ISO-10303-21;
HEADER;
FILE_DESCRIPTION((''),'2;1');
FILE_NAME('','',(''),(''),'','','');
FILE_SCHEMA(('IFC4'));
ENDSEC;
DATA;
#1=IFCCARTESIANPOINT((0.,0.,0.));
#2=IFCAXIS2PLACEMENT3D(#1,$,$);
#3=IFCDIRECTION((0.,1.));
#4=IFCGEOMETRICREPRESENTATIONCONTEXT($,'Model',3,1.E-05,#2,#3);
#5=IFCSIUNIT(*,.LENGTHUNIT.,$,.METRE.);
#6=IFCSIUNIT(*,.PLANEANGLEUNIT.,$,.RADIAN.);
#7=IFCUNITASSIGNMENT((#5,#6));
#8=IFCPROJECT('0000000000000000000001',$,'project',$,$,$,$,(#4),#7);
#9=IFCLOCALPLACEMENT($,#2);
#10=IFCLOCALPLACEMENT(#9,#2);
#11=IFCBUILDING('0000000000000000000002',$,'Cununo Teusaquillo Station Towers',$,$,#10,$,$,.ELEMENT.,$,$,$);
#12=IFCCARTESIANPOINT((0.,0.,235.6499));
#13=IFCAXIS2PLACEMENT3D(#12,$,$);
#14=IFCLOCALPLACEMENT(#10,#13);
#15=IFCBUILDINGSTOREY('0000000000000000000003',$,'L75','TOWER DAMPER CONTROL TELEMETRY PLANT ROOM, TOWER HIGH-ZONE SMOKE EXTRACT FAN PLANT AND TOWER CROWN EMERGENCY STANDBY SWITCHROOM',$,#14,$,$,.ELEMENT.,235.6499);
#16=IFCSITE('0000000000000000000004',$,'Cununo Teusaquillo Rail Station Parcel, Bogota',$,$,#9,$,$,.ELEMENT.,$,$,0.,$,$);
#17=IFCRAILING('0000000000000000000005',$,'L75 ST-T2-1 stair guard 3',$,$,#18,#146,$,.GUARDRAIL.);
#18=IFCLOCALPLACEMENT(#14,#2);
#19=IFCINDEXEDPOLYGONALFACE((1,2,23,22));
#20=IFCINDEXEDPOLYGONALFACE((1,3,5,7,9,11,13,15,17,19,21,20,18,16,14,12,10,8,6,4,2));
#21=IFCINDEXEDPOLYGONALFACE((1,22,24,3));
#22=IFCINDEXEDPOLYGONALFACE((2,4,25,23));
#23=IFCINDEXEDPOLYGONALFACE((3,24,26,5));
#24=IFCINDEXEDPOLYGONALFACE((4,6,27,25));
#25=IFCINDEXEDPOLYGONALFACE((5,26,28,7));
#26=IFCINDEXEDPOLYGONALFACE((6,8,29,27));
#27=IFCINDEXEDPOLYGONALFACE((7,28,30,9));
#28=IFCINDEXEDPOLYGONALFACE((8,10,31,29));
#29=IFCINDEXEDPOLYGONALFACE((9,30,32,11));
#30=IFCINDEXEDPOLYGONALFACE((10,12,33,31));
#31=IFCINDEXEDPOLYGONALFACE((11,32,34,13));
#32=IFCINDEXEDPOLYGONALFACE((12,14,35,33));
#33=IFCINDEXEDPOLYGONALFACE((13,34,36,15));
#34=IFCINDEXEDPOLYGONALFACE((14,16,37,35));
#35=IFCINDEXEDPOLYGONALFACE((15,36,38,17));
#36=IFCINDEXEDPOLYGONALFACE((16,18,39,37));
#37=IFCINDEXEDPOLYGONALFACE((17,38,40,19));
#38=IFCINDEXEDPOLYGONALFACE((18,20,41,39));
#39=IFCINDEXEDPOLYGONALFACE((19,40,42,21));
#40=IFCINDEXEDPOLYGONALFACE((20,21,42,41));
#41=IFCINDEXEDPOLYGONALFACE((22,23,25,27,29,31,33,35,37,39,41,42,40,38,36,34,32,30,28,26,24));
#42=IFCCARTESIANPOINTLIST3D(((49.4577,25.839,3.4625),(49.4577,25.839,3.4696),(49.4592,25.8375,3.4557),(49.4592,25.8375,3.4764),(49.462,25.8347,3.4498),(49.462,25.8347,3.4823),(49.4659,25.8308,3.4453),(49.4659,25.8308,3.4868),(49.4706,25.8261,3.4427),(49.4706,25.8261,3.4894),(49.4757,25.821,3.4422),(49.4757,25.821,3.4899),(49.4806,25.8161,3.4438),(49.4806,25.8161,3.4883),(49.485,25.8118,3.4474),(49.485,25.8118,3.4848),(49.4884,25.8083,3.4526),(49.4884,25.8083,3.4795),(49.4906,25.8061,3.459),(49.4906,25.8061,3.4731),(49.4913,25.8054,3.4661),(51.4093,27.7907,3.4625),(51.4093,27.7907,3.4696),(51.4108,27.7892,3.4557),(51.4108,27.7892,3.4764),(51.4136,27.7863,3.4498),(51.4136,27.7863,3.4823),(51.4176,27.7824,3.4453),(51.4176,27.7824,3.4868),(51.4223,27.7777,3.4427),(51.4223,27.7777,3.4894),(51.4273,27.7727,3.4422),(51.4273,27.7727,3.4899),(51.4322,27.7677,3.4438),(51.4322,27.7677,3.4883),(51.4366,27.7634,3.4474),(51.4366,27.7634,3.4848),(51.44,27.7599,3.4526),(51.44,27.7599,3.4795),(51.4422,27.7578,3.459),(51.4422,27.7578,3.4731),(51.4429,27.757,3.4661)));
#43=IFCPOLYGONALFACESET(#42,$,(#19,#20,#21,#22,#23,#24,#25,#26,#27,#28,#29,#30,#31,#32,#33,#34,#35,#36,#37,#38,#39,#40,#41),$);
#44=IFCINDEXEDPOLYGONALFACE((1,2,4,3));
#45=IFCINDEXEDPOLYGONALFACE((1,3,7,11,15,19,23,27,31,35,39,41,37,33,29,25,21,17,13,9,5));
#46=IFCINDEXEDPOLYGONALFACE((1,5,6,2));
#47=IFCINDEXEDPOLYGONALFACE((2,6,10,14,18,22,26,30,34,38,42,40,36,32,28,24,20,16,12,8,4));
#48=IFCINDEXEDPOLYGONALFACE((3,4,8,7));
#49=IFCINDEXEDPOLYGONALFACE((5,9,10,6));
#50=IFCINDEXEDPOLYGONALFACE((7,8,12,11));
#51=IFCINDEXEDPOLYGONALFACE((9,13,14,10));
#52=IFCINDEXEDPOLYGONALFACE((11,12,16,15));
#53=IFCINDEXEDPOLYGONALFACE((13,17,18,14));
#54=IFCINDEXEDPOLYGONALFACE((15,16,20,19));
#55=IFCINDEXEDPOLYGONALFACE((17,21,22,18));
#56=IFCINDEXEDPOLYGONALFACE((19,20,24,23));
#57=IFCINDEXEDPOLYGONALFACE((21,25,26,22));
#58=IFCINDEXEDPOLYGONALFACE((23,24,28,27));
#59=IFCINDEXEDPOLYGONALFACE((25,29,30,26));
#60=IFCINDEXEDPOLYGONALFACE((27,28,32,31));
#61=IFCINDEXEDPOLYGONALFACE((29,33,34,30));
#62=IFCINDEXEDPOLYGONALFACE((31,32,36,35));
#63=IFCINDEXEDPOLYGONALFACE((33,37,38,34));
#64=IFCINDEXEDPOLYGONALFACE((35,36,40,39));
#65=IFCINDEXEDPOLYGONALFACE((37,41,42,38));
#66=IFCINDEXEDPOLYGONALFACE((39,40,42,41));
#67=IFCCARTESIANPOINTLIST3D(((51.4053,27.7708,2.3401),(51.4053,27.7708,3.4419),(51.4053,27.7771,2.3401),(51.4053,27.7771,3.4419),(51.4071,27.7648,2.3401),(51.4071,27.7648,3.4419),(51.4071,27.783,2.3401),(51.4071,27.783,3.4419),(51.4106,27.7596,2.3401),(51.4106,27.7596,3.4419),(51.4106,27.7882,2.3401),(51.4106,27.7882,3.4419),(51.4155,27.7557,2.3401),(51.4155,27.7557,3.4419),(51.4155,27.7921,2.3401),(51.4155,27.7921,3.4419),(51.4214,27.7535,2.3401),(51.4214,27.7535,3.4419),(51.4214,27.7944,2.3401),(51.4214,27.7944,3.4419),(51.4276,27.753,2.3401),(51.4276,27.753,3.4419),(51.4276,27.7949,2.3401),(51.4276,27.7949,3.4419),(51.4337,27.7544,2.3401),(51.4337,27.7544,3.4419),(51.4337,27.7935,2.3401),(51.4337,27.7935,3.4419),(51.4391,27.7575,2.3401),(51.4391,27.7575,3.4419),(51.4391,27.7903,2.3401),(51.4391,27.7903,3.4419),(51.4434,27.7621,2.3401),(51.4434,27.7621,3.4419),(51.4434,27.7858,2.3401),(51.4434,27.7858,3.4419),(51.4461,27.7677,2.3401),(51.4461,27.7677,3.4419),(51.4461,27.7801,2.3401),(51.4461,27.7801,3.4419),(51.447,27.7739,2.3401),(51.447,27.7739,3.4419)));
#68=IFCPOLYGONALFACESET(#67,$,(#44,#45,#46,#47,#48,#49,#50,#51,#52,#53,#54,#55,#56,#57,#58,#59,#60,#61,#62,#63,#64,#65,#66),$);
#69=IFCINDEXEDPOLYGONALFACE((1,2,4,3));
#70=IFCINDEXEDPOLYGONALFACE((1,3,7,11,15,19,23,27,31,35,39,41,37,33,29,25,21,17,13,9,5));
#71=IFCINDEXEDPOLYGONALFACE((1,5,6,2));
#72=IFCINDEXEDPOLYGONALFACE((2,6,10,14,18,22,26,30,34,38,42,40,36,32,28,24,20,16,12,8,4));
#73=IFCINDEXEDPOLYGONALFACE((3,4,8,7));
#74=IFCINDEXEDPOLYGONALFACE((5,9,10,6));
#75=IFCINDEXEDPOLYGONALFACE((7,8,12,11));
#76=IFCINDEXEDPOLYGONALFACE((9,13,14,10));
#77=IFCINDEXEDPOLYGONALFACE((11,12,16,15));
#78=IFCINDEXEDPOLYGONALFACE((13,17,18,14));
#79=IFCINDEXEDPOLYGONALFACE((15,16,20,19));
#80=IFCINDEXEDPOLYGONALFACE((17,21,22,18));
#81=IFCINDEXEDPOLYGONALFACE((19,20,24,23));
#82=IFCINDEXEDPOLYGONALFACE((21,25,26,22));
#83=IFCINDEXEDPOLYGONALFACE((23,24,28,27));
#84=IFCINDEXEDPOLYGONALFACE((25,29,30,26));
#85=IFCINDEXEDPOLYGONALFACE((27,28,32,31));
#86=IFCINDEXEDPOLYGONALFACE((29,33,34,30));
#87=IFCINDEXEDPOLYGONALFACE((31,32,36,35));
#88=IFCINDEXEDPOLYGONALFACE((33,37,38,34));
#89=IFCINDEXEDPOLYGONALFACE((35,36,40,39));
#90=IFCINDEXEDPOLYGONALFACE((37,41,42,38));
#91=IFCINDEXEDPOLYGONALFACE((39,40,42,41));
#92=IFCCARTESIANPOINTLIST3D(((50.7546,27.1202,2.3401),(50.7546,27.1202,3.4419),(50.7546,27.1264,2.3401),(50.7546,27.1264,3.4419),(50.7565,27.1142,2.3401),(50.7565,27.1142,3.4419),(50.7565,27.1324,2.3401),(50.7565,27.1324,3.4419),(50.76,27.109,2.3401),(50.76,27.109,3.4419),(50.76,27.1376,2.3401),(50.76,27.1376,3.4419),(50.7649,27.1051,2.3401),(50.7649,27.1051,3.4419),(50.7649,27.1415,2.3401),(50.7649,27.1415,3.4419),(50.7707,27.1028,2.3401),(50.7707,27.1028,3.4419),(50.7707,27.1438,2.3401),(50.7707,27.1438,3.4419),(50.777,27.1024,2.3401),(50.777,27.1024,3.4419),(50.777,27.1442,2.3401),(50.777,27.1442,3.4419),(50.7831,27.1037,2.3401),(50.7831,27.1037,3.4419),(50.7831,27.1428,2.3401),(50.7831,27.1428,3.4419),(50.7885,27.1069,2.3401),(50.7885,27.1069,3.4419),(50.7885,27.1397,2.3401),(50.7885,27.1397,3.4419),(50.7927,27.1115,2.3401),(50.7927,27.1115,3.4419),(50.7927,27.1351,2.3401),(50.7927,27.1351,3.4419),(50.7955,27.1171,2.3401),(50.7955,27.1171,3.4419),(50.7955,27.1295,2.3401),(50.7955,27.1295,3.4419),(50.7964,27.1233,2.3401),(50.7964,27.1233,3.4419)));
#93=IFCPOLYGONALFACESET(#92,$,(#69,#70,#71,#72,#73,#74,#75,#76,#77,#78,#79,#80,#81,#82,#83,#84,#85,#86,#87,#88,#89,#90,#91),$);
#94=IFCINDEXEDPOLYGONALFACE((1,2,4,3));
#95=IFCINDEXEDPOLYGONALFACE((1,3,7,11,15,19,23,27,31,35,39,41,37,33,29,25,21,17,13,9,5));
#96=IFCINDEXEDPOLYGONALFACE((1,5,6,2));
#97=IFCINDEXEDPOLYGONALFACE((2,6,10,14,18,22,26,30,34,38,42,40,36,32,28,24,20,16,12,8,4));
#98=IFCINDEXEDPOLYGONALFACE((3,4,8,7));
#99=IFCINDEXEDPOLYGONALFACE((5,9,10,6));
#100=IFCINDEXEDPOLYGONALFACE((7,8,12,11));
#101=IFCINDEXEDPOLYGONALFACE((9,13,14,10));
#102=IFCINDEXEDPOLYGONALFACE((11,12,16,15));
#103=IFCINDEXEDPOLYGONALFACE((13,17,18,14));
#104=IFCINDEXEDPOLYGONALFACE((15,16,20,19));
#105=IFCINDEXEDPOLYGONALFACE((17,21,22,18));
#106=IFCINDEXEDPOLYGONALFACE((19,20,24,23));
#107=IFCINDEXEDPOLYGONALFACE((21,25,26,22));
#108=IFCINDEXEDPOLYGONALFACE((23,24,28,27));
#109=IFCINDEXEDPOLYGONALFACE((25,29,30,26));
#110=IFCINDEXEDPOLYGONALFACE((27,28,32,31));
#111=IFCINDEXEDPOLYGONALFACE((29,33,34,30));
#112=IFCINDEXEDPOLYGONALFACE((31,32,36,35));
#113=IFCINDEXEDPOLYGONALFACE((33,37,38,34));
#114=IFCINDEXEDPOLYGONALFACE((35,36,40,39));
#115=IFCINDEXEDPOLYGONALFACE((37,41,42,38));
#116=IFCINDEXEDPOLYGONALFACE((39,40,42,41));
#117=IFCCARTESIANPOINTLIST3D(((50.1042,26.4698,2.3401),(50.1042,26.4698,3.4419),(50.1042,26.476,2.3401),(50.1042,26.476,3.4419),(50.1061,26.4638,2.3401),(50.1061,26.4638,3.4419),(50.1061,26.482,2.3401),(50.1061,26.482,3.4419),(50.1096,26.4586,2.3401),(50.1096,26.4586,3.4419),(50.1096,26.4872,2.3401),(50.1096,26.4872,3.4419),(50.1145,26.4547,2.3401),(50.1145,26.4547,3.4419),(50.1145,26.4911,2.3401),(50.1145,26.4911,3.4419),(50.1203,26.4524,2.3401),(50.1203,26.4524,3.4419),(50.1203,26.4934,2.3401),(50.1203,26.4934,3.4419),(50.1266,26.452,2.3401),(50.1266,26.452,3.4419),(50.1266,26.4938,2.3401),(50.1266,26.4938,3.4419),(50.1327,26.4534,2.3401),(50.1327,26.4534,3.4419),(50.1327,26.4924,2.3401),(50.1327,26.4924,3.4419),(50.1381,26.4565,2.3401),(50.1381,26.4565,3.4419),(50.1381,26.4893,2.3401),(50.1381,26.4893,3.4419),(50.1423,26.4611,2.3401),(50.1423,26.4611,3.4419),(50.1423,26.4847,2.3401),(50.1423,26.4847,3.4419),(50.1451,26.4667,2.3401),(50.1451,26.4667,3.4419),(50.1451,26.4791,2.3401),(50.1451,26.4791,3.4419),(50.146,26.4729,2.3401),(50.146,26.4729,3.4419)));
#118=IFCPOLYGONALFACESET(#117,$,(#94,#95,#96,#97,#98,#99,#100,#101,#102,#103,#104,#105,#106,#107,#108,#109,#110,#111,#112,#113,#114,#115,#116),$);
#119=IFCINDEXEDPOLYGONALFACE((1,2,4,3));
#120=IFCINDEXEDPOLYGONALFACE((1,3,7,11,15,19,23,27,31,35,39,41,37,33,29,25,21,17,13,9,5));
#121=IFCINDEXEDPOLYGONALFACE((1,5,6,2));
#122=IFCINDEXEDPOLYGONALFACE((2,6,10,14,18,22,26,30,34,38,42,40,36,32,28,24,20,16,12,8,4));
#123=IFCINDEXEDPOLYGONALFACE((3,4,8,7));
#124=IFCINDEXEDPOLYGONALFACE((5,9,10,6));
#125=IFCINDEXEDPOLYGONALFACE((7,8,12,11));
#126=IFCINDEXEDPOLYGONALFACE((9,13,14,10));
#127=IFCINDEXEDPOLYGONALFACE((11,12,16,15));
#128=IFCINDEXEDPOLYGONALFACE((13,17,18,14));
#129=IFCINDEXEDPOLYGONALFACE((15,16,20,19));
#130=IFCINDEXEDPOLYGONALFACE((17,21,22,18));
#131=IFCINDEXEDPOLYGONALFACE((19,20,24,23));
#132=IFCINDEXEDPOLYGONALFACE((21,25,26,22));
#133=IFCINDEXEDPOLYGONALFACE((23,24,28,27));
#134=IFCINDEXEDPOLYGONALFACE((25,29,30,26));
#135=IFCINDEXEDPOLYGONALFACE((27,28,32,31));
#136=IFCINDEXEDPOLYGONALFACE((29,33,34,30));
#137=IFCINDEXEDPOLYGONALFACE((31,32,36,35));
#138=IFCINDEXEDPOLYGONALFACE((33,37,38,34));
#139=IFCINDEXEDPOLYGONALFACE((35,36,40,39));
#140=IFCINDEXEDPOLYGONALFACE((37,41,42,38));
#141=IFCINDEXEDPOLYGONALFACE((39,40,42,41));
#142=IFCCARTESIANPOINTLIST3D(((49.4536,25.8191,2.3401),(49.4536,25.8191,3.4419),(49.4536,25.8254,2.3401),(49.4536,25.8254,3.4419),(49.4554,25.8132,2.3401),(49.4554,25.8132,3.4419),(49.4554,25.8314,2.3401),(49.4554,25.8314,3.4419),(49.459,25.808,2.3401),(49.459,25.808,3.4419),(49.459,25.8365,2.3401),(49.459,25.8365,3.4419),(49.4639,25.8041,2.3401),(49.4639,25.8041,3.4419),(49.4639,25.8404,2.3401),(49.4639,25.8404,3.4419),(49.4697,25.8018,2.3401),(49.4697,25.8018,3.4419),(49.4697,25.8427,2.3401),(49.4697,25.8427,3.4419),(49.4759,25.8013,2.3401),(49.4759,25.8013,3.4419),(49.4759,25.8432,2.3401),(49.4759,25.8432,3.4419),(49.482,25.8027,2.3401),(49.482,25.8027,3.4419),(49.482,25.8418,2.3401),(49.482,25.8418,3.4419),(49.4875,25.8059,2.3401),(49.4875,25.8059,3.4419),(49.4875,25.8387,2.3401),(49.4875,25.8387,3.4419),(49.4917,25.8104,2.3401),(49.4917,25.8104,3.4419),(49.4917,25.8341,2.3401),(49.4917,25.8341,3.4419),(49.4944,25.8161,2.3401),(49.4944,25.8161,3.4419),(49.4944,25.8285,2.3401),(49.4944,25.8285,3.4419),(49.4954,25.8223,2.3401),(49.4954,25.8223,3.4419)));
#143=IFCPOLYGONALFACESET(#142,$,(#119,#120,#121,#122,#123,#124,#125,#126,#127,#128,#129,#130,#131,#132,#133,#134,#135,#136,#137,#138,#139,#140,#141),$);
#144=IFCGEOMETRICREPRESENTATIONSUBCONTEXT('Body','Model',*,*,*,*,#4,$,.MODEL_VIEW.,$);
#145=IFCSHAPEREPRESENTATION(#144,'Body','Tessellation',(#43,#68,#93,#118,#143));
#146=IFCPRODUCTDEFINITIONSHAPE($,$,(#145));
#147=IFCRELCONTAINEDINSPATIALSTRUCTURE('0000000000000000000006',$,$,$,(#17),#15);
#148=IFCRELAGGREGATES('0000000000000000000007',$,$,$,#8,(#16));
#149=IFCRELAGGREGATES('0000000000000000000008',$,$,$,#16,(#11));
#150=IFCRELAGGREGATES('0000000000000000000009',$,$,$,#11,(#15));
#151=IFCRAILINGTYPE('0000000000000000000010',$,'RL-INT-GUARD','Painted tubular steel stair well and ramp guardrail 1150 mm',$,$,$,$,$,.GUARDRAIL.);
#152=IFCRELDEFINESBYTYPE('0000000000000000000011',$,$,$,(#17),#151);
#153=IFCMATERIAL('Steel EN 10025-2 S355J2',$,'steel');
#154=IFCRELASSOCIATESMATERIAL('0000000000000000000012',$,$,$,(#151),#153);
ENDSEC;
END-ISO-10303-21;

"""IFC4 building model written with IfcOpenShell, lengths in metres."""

from ifc_helpers import new_model, si_unit, direction, frame, origin, origin_2d, place, context, subcontext, project, spatial, circle, extrude, material, type_object, element, save


model = new_model("IFC4")

# Units and contexts
model_context = context("Model", 3, precision=1e-05, world=origin(), true_north=direction((0.0, 1.0)))
body_context = subcontext(model_context, "Body", "Model", "MODEL_VIEW")
ifc_project = project(units=[si_unit("LENGTHUNIT", "METRE"), si_unit("PLANEANGLEUNIT", "RADIAN")], contexts=[model_context])

# Site, building, storey
site_placement = place(None, origin())
site = spatial("IfcSite", under=ifc_project, at=site_placement, Name="Cununo Teusaquillo Rail Station Parcel, Bogota", CompositionType="ELEMENT", RefElevation=0.0)
building_placement = place(site_placement, origin())
building = spatial("IfcBuilding", under=site, at=building_placement, Name="Cununo Teusaquillo Station Towers", CompositionType="ELEMENT")
storey_placement = place(building_placement, frame((0.0, 0.0, 235.6499)))
storey = spatial("IfcBuildingStorey", under=building, at=storey_placement, Name="L75", Description="TOWER DAMPER CONTROL TELEMETRY PLANT ROOM, TOWER HIGH-ZONE SMOKE EXTRACT FAN PLANT AND TOWER CROWN EMERGENCY STANDBY SWITCHROOM", CompositionType="ELEMENT", Elevation=235.6499)

# Railing
ifc_material_1 = material(Name="Steel EN 10025-2 S355J2", Category="steel")
railing_type = type_object("IfcRailingType", Name="RL-INT-GUARD", Description="Painted tubular steel stair well and ramp guardrail 1150 mm", PredefinedType="GUARDRAIL", material=ifc_material_1)
railing_1_placement = place(storey_placement, frame((51.426, 27.7739, 2.3401)))
element("IfcRailing", 1, at=railing_1_placement, inside=storey, type_object=railing_type, Name="L75 ST-T2-1 stair guard 3", PredefinedType="GUARDRAIL", context=body_context, shape_type="SweptSolid", body=[
    extrude(circle(Radius=0.0239, at=origin_2d()), frame((0.0, 0.0, 1.126), z_axis=(-0.707107, -0.707107, 0.0), x_axis=(0.707107, -0.707107, 0.0)), (0.0, 0.0, 1.0), 2.76),
    extrude(circle(Radius=0.021, at=origin_2d()), origin(), (0.0, 0.0, 1.0), 1.1018),
    extrude(circle(Radius=0.021, at=origin_2d()), frame((-0.6506, -0.6506, 0.0)), (0.0, 0.0, 1.0), 1.1018),
    extrude(circle(Radius=0.021, at=origin_2d()), frame((-1.301, -1.301, 0.0)), (0.0, 0.0, 1.0), 1.1018),
    extrude(circle(Radius=0.021, at=origin_2d()), frame((-1.9517, -1.9517, 0.0)), (0.0, 0.0, 1.0), 1.1018),
])

save(model, "model.ifc")
